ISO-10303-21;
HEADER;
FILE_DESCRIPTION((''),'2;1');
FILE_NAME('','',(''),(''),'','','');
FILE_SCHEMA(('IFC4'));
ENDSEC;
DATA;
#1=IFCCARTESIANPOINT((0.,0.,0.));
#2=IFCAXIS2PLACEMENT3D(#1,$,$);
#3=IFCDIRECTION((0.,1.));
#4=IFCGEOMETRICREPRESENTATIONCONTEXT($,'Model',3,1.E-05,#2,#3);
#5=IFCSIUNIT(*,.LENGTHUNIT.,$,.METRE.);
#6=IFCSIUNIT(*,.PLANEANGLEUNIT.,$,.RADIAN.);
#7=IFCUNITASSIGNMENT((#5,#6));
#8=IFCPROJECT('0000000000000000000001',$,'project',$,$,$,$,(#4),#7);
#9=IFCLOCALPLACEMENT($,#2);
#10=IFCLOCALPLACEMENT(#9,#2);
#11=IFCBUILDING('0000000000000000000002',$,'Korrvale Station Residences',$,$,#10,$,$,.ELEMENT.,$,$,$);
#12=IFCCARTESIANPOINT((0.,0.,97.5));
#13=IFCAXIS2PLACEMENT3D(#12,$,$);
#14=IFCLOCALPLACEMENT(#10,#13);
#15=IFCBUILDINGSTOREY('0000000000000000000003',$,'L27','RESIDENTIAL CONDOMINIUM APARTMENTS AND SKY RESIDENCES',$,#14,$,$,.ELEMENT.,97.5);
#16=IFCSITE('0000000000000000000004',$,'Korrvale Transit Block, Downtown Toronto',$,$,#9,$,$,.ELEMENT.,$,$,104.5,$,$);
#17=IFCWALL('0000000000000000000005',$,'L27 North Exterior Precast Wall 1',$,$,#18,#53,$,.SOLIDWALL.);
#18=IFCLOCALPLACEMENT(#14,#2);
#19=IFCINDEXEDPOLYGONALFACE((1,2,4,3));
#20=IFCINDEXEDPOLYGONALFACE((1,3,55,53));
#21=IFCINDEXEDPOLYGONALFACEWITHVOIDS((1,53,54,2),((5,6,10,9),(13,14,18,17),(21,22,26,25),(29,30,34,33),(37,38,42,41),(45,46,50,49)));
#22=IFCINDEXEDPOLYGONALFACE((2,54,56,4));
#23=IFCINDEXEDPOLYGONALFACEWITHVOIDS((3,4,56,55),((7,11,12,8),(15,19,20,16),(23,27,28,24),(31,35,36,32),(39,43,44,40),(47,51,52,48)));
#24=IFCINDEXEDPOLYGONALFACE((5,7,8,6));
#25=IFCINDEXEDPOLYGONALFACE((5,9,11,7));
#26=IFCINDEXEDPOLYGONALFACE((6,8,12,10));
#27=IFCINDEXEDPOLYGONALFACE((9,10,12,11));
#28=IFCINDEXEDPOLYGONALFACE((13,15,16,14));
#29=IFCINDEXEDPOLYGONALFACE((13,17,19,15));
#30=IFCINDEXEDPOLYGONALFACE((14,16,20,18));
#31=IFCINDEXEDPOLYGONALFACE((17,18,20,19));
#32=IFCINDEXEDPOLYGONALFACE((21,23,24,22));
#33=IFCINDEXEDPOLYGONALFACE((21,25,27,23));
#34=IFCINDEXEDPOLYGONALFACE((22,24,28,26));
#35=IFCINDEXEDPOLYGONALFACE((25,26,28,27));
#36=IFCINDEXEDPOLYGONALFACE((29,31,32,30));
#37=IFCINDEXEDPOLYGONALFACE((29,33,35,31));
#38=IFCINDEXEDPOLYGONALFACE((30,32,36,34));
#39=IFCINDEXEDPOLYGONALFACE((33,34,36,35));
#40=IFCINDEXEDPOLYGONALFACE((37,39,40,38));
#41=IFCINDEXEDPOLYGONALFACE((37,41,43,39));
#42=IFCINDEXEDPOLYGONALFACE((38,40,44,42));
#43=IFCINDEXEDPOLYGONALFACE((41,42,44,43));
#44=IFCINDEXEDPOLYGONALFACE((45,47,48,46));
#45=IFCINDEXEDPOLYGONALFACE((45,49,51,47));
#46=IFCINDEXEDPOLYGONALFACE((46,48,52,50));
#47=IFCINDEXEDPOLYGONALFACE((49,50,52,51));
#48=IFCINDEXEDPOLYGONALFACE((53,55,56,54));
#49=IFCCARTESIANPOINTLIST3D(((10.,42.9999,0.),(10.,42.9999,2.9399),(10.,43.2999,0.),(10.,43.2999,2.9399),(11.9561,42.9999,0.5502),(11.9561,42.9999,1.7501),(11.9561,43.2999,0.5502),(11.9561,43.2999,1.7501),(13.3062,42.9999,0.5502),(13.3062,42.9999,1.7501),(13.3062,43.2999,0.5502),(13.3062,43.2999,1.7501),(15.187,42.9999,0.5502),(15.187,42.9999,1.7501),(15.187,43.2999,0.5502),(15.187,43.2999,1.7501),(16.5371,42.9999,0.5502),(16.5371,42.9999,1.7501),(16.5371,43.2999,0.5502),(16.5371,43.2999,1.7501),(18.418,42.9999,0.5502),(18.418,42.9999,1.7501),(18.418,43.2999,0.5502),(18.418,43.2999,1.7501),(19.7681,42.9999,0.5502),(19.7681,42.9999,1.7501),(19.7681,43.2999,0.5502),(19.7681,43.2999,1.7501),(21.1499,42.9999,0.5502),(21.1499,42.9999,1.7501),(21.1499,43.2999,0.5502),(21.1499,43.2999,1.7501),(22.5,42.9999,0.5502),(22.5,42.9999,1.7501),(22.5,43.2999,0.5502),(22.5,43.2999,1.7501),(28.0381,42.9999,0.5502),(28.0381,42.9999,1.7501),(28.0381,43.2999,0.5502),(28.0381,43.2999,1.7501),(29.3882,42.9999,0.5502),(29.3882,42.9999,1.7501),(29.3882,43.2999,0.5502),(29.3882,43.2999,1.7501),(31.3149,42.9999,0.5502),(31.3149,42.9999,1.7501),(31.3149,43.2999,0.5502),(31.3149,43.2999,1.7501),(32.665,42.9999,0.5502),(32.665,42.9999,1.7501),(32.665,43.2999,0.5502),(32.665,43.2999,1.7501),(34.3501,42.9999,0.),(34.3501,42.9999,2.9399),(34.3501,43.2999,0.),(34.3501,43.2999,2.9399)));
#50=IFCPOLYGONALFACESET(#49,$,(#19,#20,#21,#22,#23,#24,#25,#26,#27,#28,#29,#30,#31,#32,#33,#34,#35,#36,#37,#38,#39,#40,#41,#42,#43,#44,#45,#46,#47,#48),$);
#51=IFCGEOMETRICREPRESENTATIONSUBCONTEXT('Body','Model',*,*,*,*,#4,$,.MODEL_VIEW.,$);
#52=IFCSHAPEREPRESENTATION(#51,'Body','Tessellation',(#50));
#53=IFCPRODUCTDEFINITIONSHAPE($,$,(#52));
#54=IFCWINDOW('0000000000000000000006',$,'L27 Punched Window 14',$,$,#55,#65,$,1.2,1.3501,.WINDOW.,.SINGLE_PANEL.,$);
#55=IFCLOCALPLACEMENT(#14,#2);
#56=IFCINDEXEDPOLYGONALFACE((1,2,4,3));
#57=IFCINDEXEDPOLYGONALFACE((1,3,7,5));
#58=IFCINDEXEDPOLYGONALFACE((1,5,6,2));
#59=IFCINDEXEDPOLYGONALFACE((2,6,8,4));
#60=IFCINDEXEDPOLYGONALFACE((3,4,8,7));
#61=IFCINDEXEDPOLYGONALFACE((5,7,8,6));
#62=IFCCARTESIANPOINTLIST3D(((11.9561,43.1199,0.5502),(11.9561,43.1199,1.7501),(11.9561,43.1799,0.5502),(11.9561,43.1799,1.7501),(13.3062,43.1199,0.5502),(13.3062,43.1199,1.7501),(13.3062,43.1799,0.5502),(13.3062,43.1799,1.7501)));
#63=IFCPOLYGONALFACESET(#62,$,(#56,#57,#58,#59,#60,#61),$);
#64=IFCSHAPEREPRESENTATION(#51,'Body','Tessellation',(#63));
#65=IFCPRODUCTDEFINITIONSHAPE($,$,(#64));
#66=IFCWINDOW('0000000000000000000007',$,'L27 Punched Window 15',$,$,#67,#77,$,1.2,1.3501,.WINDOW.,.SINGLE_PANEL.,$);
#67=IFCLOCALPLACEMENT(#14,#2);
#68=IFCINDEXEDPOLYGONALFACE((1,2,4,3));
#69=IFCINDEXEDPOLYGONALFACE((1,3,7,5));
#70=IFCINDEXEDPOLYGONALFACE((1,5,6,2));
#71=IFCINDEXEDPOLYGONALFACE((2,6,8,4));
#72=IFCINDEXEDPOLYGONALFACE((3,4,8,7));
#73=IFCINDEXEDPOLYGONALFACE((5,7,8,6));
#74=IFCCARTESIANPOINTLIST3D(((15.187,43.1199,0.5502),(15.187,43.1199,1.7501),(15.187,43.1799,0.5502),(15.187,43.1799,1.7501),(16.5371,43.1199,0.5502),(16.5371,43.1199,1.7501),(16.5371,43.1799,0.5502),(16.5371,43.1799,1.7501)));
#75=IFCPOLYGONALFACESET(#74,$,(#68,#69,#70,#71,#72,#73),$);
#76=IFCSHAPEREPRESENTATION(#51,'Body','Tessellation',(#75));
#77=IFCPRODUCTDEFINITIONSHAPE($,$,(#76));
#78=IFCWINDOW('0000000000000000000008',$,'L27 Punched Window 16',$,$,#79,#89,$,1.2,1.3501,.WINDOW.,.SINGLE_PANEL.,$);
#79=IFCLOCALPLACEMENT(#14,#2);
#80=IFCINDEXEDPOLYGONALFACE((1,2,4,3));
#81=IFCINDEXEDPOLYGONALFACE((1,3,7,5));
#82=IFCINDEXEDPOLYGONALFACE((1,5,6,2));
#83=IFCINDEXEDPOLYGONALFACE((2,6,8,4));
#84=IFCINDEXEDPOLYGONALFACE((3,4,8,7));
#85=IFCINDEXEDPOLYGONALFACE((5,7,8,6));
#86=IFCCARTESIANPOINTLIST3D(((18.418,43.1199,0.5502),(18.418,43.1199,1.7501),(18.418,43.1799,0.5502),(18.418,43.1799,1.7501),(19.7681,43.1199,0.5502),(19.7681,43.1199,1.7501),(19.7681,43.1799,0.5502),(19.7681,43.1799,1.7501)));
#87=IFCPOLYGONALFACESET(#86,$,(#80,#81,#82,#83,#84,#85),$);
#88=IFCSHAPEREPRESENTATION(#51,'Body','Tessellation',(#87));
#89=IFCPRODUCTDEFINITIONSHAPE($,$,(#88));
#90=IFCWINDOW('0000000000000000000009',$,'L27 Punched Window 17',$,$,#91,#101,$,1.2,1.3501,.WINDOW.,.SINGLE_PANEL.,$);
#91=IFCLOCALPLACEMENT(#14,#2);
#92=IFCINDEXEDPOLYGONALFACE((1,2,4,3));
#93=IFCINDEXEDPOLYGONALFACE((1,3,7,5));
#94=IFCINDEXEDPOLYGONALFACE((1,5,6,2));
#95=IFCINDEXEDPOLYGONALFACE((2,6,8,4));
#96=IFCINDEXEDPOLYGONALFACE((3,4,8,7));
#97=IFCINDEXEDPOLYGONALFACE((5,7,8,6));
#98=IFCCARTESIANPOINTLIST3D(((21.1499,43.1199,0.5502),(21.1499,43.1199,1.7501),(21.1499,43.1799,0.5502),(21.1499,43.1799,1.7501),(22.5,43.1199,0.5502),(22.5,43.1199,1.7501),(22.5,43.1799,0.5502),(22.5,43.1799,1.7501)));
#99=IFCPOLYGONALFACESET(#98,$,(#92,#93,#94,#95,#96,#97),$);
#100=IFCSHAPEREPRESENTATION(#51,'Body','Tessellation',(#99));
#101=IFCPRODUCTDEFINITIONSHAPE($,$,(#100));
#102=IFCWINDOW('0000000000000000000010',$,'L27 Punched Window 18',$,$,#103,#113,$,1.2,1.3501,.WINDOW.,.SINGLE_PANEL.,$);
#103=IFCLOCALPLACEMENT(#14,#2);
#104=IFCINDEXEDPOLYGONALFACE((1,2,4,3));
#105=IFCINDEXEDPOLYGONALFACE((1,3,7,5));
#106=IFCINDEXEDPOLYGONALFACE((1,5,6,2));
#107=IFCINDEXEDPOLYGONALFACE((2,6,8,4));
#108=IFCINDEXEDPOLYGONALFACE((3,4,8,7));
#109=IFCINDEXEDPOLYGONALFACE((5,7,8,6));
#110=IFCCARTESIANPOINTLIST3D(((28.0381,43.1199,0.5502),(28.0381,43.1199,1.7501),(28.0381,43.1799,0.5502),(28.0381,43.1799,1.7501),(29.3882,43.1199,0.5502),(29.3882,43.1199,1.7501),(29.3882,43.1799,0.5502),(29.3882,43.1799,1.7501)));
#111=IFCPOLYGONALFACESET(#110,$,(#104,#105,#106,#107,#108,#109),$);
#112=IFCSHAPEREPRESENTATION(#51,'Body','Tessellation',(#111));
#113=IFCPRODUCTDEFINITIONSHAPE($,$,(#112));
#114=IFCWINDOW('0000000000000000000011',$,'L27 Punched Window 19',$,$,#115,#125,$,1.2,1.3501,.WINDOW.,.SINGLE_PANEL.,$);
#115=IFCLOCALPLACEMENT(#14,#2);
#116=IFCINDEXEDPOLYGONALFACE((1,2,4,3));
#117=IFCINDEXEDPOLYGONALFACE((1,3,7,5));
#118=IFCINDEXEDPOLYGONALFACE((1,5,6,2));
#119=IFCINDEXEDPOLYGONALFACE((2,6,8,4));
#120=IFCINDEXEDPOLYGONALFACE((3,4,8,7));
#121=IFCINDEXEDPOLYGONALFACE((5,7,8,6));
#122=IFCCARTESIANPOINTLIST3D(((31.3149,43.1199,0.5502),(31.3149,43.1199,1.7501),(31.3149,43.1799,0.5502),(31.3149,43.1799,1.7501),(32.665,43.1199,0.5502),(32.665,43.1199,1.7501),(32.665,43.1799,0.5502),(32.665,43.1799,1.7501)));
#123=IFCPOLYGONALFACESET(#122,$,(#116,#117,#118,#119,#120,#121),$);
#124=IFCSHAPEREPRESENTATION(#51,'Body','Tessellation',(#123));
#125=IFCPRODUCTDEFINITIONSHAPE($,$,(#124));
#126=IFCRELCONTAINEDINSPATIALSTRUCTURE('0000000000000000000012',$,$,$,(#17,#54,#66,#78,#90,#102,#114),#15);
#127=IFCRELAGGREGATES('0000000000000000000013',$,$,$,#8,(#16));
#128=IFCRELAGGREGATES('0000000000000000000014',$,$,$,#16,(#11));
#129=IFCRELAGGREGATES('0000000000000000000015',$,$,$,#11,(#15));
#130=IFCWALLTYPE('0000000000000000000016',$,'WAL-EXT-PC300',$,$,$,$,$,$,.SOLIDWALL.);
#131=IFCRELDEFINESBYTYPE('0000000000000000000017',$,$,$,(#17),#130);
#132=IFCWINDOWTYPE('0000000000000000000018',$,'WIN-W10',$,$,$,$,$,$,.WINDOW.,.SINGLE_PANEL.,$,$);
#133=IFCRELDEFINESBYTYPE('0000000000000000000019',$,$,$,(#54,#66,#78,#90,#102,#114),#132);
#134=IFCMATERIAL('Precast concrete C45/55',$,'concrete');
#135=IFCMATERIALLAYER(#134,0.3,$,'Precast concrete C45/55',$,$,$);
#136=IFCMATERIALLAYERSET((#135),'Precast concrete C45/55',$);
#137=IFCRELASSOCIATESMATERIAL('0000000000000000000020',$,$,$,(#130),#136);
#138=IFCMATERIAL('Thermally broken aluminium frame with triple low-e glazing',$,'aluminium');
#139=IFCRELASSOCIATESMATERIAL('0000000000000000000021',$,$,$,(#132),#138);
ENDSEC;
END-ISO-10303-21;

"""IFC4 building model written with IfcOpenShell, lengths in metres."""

from ifc_helpers import new_model, si_unit, direction, frame, frame_2d, origin, place, context, subcontext, project, spatial, rectangle, extrude, material, layer, layer_set, type_object, element, fill, save


model = new_model("IFC4")

# Units and contexts
model_context = context("Model", 3, precision=1e-05, world=origin(), true_north=direction((0.0, 1.0)))
body_context = subcontext(model_context, "Body", "Model", "MODEL_VIEW")
ifc_project = project(units=[si_unit("LENGTHUNIT", "METRE"), si_unit("PLANEANGLEUNIT", "RADIAN")], contexts=[model_context])

# Site, building, storey
site_placement = place(None, origin())
site = spatial("IfcSite", under=ifc_project, at=site_placement, Name="Korrvale Transit Block, Downtown Toronto", CompositionType="ELEMENT", RefElevation=104.5)
building_placement = place(site_placement, origin())
building = spatial("IfcBuilding", under=site, at=building_placement, Name="Korrvale Station Residences", CompositionType="ELEMENT")
storey_placement = place(building_placement, frame((0.0, 0.0, 97.5)))
storey = spatial("IfcBuildingStorey", under=building, at=storey_placement, Name="L27", Description="RESIDENTIAL CONDOMINIUM APARTMENTS AND SKY RESIDENCES", CompositionType="ELEMENT", Elevation=97.5)

# Shared definitions
ifc_material_1 = material(Name="Precast concrete C45/55", Category="concrete")

# Wall, openings, windows
ifc_layer_1 = layer(ifc_material_1, 0.3, Name="Precast concrete C45/55")
ifc_layer_set_1 = layer_set([ifc_layer_1], Name="Precast concrete C45/55")
wall_type_1 = type_object("IfcWallType", Name="WAL-EXT-PC300", PredefinedType="SOLIDWALL", material=ifc_layer_set_1)
wall_1_placement = place(storey_placement, frame((10.0, 43.1499, 0.0), z_axis=(0.0, 0.0, 1.0), x_axis=(1.0, 0.0, 0.0)))
wall_1 = element("IfcWall", 1, at=wall_1_placement, inside=storey, type_object=wall_type_1, Name="L27 North Exterior Precast Wall 1", PredefinedType="SOLIDWALL", context=body_context, shape_type="SweptSolid", body=[
    extrude(rectangle(XDim=24.3501, YDim=0.3, at=frame_2d((12.175, 0.0))), origin(), (0.0, 0.0, 1.0), 2.9399),
])
opening_1_placement = place(wall_1_placement, frame((1.9561, 0.0, 0.55)))
opening_1 = element("IfcOpeningElement", 2, at=opening_1_placement, cuts=wall_1, PredefinedType="OPENING", context=body_context, shape_type="SweptSolid", body=[
    extrude(rectangle(XDim=1.3501, YDim=1.2, at=frame_2d((0.675, 0.6001))), frame((0.0, 0.1602, 0.0), z_axis=(0.0, -1.0, 0.0), x_axis=(1.0, 0.0, 0.0)), (0.0, 0.0, 1.0), 0.3201),
])
opening_2_placement = place(wall_1_placement, frame((5.187, 0.0, 0.55)))
opening_2 = element("IfcOpeningElement", 3, at=opening_2_placement, cuts=wall_1, PredefinedType="OPENING", context=body_context, shape_type="SweptSolid", body=[
    extrude(rectangle(XDim=1.3501, YDim=1.2, at=frame_2d((0.675, 0.6001))), frame((0.0, 0.1602, 0.0), z_axis=(0.0, -1.0, 0.0), x_axis=(1.0, 0.0, 0.0)), (0.0, 0.0, 1.0), 0.3201),
])
opening_3_placement = place(wall_1_placement, frame((8.418, 0.0, 0.55)))
opening_3 = element("IfcOpeningElement", 4, at=opening_3_placement, cuts=wall_1, PredefinedType="OPENING", context=body_context, shape_type="SweptSolid", body=[
    extrude(rectangle(XDim=1.3501, YDim=1.2, at=frame_2d((0.675, 0.6001))), frame((0.0, 0.1602, 0.0), z_axis=(0.0, -1.0, 0.0), x_axis=(1.0, 0.0, 0.0)), (0.0, 0.0, 1.0), 0.3201),
])
opening_4_placement = place(wall_1_placement, frame((11.1499, 0.0, 0.55)))
opening_4 = element("IfcOpeningElement", 5, at=opening_4_placement, cuts=wall_1, PredefinedType="OPENING", context=body_context, shape_type="SweptSolid", body=[
    extrude(rectangle(XDim=1.3501, YDim=1.2, at=frame_2d((0.675, 0.6001))), frame((0.0, 0.1602, 0.0), z_axis=(0.0, -1.0, 0.0), x_axis=(1.0, 0.0, 0.0)), (0.0, 0.0, 1.0), 0.3201),
])
opening_5_placement = place(wall_1_placement, frame((18.0381, 0.0, 0.55)))
opening_5 = element("IfcOpeningElement", 6, at=opening_5_placement, cuts=wall_1, PredefinedType="OPENING", context=body_context, shape_type="SweptSolid", body=[
    extrude(rectangle(XDim=1.3501, YDim=1.2, at=frame_2d((0.675, 0.6001))), frame((0.0, 0.1602, 0.0), z_axis=(0.0, -1.0, 0.0), x_axis=(1.0, 0.0, 0.0)), (0.0, 0.0, 1.0), 0.3201),
])
opening_6_placement = place(wall_1_placement, frame((21.3149, 0.0, 0.55)))
opening_6 = element("IfcOpeningElement", 7, at=opening_6_placement, cuts=wall_1, PredefinedType="OPENING", context=body_context, shape_type="SweptSolid", body=[
    extrude(rectangle(XDim=1.3501, YDim=1.2, at=frame_2d((0.675, 0.6001))), frame((0.0, 0.1602, 0.0), z_axis=(0.0, -1.0, 0.0), x_axis=(1.0, 0.0, 0.0)), (0.0, 0.0, 1.0), 0.3201),
])
ifc_material_2 = material(Name="Thermally broken aluminium frame with triple low-e glazing", Category="aluminium")
window_type = type_object("IfcWindowType", Name="WIN-W10", PartitioningType="SINGLE_PANEL", PredefinedType="WINDOW", material=ifc_material_2)
window_1_placement = place(opening_1_placement, origin())
window_1 = element("IfcWindow", 8, at=window_1_placement, inside=storey, type_object=window_type, Name="L27 Punched Window 14", OverallHeight=1.2, OverallWidth=1.3501, PartitioningType="SINGLE_PANEL", PredefinedType="WINDOW", context=body_context, shape_type="SweptSolid", body=[
    extrude(rectangle(XDim=1.3501, YDim=1.2, at=frame_2d((0.675, 0.6001))), frame((0.0, 0.03, 0.0), z_axis=(0.0, -1.0, 0.0), x_axis=(1.0, 0.0, 0.0)), (0.0, 0.0, 1.0), 0.0601),
])
fill(opening_1, window_1)
window_2_placement = place(opening_2_placement, origin())
window_2 = element("IfcWindow", 9, at=window_2_placement, inside=storey, type_object=window_type, Name="L27 Punched Window 15", OverallHeight=1.2, OverallWidth=1.3501, PartitioningType="SINGLE_PANEL", PredefinedType="WINDOW", context=body_context, shape_type="SweptSolid", body=[
    extrude(rectangle(XDim=1.3501, YDim=1.2, at=frame_2d((0.675, 0.6001))), frame((0.0, 0.03, 0.0), z_axis=(0.0, -1.0, 0.0), x_axis=(1.0, 0.0, 0.0)), (0.0, 0.0, 1.0), 0.0601),
])
fill(opening_2, window_2)
window_3_placement = place(opening_3_placement, origin())
window_3 = element("IfcWindow", 10, at=window_3_placement, inside=storey, type_object=window_type, Name="L27 Punched Window 16", OverallHeight=1.2, OverallWidth=1.3501, PartitioningType="SINGLE_PANEL", PredefinedType="WINDOW", context=body_context, shape_type="SweptSolid", body=[
    extrude(rectangle(XDim=1.3501, YDim=1.2, at=frame_2d((0.675, 0.6001))), frame((0.0, 0.03, 0.0), z_axis=(0.0, -1.0, 0.0), x_axis=(1.0, 0.0, 0.0)), (0.0, 0.0, 1.0), 0.0601),
])
fill(opening_3, window_3)
window_4_placement = place(opening_4_placement, origin())
window_4 = element("IfcWindow", 11, at=window_4_placement, inside=storey, type_object=window_type, Name="L27 Punched Window 17", OverallHeight=1.2, OverallWidth=1.3501, PartitioningType="SINGLE_PANEL", PredefinedType="WINDOW", context=body_context, shape_type="SweptSolid", body=[
    extrude(rectangle(XDim=1.3501, YDim=1.2, at=frame_2d((0.675, 0.6001))), frame((0.0, 0.03, 0.0), z_axis=(0.0, -1.0, 0.0), x_axis=(1.0, 0.0, 0.0)), (0.0, 0.0, 1.0), 0.0601),
])
fill(opening_4, window_4)
window_5_placement = place(opening_5_placement, origin())
window_5 = element("IfcWindow", 12, at=window_5_placement, inside=storey, type_object=window_type, Name="L27 Punched Window 18", OverallHeight=1.2, OverallWidth=1.3501, PartitioningType="SINGLE_PANEL", PredefinedType="WINDOW", context=body_context, shape_type="SweptSolid", body=[
    extrude(rectangle(XDim=1.3501, YDim=1.2, at=frame_2d((0.675, 0.6001))), frame((0.0, 0.03, 0.0), z_axis=(0.0, -1.0, 0.0), x_axis=(1.0, 0.0, 0.0)), (0.0, 0.0, 1.0), 0.0601),
])
fill(opening_5, window_5)
window_6_placement = place(opening_6_placement, origin())
window_6 = element("IfcWindow", 13, at=window_6_placement, inside=storey, type_object=window_type, Name="L27 Punched Window 19", OverallHeight=1.2, OverallWidth=1.3501, PartitioningType="SINGLE_PANEL", PredefinedType="WINDOW", context=body_context, shape_type="SweptSolid", body=[
    extrude(rectangle(XDim=1.3501, YDim=1.2, at=frame_2d((0.675, 0.6001))), frame((0.0, 0.03, 0.0), z_axis=(0.0, -1.0, 0.0), x_axis=(1.0, 0.0, 0.0)), (0.0, 0.0, 1.0), 0.0601),
])
fill(opening_6, window_6)

save(model, "model.ifc")
